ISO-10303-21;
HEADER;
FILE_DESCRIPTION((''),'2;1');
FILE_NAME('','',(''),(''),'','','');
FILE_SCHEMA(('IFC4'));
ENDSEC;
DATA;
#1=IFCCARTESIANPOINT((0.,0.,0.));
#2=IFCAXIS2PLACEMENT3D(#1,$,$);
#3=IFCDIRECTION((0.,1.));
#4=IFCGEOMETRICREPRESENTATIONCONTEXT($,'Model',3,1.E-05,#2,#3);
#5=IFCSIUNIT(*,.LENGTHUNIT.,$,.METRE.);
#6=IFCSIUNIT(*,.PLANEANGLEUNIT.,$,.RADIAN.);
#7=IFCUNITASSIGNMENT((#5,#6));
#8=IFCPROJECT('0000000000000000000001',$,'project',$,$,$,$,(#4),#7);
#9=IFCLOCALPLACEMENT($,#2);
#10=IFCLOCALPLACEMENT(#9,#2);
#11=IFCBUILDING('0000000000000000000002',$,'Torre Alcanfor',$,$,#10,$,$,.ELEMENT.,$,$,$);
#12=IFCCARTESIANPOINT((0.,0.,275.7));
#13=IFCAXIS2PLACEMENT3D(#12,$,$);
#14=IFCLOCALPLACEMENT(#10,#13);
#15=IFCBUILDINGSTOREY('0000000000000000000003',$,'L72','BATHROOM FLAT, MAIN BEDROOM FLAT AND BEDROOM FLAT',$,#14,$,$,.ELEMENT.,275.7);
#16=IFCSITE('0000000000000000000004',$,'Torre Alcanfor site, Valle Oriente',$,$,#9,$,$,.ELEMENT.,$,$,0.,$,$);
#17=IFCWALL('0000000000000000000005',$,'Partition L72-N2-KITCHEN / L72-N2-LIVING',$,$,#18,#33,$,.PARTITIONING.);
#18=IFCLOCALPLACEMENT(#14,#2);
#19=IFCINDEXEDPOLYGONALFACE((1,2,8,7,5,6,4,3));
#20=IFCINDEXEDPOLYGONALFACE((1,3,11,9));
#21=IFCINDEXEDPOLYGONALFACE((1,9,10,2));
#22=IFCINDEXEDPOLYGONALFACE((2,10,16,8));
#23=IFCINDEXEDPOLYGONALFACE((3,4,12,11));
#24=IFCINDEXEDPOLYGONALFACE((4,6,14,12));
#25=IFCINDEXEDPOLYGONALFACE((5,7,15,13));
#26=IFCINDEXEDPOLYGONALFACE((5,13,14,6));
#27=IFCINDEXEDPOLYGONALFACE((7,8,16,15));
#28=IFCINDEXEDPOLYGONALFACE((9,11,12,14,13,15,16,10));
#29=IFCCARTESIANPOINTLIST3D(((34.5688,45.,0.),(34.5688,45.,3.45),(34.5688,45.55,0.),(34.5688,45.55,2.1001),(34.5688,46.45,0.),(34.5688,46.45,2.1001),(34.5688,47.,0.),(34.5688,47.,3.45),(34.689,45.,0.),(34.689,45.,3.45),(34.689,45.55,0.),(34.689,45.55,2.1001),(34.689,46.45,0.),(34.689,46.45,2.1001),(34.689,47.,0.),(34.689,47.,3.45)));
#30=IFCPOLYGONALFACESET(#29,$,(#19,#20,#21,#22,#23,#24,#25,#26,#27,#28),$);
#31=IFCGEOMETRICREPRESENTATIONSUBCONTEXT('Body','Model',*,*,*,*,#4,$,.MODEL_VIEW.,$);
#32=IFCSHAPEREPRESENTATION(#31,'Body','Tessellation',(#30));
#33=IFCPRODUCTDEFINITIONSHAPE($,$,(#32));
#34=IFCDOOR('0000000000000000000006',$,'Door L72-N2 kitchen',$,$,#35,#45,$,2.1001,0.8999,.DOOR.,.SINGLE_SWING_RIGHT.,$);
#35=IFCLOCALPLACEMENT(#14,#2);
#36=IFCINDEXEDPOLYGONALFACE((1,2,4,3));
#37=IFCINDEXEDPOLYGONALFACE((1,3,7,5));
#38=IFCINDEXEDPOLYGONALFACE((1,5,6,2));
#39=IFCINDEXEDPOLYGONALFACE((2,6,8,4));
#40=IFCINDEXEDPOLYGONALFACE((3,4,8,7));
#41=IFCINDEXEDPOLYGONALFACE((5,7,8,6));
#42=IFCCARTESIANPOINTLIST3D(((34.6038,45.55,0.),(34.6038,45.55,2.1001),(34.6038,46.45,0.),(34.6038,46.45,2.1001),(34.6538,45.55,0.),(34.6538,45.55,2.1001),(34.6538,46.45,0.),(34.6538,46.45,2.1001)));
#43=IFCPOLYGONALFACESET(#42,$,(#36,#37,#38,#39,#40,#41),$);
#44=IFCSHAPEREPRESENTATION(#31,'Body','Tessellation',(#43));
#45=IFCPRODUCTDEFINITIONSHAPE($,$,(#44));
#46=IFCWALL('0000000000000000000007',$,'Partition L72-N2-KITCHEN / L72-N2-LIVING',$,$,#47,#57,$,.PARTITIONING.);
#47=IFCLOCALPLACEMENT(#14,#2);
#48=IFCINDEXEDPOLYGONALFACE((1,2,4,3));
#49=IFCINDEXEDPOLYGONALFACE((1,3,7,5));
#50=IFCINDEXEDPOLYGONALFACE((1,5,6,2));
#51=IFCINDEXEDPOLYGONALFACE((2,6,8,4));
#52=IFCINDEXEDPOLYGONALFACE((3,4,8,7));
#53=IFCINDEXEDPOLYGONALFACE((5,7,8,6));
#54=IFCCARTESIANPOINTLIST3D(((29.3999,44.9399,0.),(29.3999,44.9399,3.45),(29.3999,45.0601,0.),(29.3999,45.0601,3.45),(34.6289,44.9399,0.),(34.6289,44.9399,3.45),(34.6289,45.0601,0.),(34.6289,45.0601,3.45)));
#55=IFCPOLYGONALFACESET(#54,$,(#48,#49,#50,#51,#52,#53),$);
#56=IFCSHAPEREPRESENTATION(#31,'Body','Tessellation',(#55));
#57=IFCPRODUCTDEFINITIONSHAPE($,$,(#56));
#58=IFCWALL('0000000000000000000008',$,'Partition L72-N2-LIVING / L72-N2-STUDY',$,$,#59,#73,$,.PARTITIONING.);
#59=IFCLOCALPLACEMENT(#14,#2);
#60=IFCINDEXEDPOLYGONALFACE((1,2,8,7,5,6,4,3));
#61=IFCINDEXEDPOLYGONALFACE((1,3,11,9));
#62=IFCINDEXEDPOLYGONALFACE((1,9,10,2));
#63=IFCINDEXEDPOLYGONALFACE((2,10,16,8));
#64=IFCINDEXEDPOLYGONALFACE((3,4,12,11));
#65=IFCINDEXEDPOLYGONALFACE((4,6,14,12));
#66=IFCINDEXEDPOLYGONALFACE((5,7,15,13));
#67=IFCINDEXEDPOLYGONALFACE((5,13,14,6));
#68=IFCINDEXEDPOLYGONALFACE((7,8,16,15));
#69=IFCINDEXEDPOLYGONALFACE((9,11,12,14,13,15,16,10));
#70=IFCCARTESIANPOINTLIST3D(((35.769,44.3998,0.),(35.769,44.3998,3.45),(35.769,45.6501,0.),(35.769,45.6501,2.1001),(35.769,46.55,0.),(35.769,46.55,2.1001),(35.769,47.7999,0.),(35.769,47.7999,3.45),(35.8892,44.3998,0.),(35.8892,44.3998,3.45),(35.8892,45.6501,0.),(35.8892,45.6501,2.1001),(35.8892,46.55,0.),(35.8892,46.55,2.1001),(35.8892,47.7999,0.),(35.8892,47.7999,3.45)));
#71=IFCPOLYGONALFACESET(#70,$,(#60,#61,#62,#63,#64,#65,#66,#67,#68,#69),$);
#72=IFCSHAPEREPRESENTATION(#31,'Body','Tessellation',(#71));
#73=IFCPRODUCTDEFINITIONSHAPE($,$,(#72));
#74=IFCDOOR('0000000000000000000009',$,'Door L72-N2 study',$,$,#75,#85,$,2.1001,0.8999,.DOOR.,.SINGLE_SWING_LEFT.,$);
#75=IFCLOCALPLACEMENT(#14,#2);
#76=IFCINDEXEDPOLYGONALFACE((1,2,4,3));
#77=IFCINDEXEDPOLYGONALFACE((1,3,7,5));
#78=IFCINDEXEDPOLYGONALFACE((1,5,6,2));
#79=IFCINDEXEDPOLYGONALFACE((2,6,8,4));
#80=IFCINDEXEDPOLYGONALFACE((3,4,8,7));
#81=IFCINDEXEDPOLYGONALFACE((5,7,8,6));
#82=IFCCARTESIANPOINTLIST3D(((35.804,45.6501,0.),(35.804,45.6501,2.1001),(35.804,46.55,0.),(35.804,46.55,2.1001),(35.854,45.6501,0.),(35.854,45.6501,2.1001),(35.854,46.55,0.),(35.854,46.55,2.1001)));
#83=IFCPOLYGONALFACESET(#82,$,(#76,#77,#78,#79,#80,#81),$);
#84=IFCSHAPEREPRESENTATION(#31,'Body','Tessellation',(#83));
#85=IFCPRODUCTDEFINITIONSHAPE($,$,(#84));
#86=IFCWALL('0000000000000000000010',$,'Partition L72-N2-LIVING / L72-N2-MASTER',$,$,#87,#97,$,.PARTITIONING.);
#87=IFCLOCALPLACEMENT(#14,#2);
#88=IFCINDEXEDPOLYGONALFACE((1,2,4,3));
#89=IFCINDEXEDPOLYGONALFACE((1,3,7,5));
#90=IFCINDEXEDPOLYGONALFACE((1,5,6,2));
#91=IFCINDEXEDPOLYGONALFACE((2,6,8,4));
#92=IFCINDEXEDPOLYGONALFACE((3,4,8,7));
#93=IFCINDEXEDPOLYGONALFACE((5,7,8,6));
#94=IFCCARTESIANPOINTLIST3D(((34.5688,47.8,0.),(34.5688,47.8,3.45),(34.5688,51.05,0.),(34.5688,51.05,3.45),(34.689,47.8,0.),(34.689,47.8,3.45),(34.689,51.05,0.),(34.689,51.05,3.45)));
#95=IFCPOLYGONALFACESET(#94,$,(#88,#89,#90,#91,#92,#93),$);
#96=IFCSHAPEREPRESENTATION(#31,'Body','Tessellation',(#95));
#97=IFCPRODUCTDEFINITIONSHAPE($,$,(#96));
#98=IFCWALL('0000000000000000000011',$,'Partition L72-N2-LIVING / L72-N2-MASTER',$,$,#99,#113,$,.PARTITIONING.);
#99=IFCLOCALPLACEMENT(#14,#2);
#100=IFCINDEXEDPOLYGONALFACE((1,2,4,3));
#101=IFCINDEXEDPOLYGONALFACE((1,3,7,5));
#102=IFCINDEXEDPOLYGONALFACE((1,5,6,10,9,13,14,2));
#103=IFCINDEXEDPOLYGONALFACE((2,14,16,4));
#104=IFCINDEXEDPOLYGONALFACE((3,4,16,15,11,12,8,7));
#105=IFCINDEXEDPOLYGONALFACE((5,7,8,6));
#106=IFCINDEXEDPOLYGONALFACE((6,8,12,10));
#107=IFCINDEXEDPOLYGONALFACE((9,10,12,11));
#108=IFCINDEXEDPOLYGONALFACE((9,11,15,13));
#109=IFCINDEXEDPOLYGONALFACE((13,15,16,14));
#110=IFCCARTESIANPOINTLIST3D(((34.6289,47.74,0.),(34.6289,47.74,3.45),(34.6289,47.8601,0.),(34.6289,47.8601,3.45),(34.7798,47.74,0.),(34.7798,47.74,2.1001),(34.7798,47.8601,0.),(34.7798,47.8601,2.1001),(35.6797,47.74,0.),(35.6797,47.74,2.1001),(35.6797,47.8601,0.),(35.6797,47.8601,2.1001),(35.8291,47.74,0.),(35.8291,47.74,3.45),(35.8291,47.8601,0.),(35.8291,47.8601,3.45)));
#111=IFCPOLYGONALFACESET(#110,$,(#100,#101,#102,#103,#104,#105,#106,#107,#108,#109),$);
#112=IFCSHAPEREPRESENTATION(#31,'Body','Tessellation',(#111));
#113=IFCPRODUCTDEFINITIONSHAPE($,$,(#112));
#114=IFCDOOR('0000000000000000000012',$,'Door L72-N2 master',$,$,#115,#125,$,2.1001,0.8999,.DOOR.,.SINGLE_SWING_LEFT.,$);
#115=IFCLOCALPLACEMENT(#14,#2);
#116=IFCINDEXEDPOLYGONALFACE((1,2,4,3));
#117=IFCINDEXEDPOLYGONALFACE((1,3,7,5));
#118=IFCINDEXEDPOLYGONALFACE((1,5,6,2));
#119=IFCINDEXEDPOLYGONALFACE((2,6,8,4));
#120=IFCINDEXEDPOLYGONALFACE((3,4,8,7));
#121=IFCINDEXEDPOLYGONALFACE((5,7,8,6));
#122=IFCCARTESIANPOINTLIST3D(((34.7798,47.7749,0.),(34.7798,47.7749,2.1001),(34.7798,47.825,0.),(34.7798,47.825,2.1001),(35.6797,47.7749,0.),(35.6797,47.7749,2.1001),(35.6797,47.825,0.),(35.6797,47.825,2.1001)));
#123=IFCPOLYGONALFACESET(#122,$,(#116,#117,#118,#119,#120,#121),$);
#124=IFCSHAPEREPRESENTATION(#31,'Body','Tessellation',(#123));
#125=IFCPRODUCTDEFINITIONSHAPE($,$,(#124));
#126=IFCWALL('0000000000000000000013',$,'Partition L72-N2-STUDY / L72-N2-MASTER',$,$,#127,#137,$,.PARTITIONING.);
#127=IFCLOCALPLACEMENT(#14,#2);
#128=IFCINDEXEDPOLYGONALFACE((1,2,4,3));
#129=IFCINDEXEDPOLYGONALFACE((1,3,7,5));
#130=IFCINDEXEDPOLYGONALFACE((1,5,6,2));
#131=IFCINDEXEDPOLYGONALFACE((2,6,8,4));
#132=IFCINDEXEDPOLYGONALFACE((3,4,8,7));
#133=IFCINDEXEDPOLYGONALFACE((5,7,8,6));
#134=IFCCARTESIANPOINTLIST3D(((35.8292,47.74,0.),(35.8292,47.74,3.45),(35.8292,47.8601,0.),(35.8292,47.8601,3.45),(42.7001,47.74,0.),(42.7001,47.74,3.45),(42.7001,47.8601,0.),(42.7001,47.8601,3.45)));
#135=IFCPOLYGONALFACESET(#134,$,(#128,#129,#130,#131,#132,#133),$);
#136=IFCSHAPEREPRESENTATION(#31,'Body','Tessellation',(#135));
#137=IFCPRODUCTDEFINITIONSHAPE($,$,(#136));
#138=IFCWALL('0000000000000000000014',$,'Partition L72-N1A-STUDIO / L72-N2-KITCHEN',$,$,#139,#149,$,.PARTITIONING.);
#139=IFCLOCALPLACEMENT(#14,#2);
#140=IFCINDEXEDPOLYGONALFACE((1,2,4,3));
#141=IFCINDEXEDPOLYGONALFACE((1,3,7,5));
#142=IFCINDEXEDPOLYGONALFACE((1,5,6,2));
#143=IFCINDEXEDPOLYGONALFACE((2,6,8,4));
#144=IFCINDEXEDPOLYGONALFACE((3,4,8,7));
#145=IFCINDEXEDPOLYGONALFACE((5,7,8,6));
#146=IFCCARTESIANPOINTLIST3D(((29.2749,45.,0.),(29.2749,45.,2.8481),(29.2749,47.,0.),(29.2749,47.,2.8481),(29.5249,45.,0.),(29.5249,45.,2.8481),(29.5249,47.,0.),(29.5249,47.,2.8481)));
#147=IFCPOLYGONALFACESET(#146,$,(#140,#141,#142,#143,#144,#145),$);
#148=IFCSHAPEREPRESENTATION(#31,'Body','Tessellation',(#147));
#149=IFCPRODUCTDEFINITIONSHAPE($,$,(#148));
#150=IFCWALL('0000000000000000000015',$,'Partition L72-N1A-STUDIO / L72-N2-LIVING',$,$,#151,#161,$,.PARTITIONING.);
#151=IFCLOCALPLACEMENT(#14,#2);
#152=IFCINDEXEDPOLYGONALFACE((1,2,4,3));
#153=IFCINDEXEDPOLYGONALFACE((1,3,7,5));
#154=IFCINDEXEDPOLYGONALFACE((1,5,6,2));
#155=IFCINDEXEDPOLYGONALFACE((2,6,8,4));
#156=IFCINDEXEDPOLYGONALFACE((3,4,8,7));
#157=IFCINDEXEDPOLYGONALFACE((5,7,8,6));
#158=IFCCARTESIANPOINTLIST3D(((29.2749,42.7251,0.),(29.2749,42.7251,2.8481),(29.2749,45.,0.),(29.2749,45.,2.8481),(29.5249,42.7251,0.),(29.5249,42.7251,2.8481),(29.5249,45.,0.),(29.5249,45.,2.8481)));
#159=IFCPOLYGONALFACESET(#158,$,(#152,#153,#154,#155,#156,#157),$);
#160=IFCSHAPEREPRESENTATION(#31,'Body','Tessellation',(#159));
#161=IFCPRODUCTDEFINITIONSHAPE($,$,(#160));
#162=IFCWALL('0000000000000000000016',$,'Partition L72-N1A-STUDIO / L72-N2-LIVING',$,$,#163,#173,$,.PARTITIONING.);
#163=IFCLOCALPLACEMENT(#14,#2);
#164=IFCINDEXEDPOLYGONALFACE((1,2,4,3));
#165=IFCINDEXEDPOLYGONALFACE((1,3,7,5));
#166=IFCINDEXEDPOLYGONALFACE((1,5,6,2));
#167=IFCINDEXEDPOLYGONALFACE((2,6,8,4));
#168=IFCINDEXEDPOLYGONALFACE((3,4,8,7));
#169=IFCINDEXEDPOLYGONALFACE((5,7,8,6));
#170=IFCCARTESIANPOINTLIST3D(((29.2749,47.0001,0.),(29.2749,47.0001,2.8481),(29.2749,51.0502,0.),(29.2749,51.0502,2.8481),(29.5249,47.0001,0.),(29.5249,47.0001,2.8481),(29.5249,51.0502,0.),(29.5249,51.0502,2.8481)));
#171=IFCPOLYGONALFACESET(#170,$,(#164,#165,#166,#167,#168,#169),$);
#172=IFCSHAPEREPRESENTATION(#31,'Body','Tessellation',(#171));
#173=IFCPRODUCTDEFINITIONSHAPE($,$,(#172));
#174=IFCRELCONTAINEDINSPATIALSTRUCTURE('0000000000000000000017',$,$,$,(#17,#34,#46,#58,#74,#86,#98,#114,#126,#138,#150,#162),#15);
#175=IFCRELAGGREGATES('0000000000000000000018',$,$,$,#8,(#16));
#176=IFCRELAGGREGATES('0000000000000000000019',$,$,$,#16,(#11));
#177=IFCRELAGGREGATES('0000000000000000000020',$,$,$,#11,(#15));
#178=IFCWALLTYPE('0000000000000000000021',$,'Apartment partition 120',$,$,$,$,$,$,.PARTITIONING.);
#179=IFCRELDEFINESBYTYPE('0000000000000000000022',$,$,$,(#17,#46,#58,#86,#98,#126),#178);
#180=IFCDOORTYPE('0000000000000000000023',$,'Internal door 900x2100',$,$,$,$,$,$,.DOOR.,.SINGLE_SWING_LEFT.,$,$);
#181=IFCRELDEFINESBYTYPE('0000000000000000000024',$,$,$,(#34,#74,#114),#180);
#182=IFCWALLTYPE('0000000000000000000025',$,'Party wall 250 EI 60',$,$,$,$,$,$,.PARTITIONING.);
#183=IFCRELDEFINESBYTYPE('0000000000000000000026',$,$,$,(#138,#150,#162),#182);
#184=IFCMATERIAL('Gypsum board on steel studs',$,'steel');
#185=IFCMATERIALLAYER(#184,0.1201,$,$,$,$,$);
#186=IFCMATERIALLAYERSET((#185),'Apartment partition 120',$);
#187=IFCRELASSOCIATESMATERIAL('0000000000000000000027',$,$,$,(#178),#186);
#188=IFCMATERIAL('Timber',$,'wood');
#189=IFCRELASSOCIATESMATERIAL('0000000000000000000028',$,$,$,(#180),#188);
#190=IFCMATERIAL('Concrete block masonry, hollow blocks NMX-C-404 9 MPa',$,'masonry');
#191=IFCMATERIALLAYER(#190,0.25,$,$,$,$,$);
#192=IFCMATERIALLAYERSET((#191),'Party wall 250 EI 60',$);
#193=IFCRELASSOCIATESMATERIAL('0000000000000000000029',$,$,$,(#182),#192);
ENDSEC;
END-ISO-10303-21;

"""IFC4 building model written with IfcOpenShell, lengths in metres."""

from ifc_helpers import new_model, si_unit, direction, frame, frame_2d, origin, place, context, subcontext, project, spatial, rectangle, extrude, material, layer, layer_set, type_object, element, fill, save


model = new_model("IFC4")

# Units and contexts
model_context = context("Model", 3, precision=1e-05, world=origin(), true_north=direction((0.0, 1.0)))
body_context = subcontext(model_context, "Body", "Model", "MODEL_VIEW")
ifc_project = project(units=[si_unit("LENGTHUNIT", "METRE"), si_unit("PLANEANGLEUNIT", "RADIAN")], contexts=[model_context])

# Site, building, storey
site_placement = place(None, origin())
site = spatial("IfcSite", under=ifc_project, at=site_placement, Name="Torre Alcanfor site, Valle Oriente", CompositionType="ELEMENT", RefElevation=0.0)
building_placement = place(site_placement, origin())
building = spatial("IfcBuilding", under=site, at=building_placement, Name="Torre Alcanfor", CompositionType="ELEMENT")
storey_placement = place(building_placement, frame((0.0, 0.0, 275.7)))
storey = spatial("IfcBuildingStorey", under=building, at=storey_placement, Name="L72", Description="BATHROOM FLAT, MAIN BEDROOM FLAT AND BEDROOM FLAT", CompositionType="ELEMENT", Elevation=275.7)

# Shared definitions
ifc_material_1 = material(Name="Gypsum board on steel studs", Category="steel")
ifc_layer_1 = layer(ifc_material_1, 0.1201)
ifc_layer_set_1 = layer_set([ifc_layer_1], Name="Apartment partition 120")
wall_type_1 = type_object("IfcWallType", Name="Apartment partition 120", PredefinedType="PARTITIONING", material=ifc_layer_set_1)

# Wall, opening, door
wall_1_placement = place(storey_placement, frame((34.6289, 47.0, 0.0), z_axis=(0.0, 0.0, 1.0), x_axis=(0.0, -1.0, 0.0)))
wall_1 = element("IfcWall", 1, at=wall_1_placement, inside=storey, type_object=wall_type_1, Name="Partition L72-N2-KITCHEN / L72-N2-LIVING", PredefinedType="PARTITIONING", context=body_context, shape_type="SweptSolid", body=[
    extrude(rectangle(XDim=2.0, YDim=0.1201, at=frame_2d((1.0, 0.0))), origin(), (0.0, 0.0, 1.0), 3.45),
])
opening_1_placement = place(wall_1_placement, frame((0.55, 0.0, 0.0)))
opening_1 = element("IfcOpeningElement", 2, at=opening_1_placement, cuts=wall_1, PredefinedType="OPENING", context=body_context, shape_type="SweptSolid", body=[
    extrude(rectangle(XDim=0.8999, YDim=2.1001, at=frame_2d((0.45, 1.05))), frame((0.0, 0.0701, 0.0), z_axis=(0.0, -1.0, 0.0), x_axis=(1.0, 0.0, 0.0)), (0.0, 0.0, 1.0), 0.1401),
])
ifc_material_2 = material(Name="Timber", Category="wood")
door_type_1 = type_object("IfcDoorType", Name="Internal door 900x2100", OperationType="SINGLE_SWING_LEFT", PredefinedType="DOOR", material=ifc_material_2)
door_1_placement = place(opening_1_placement, frame((0.8999, 0.0, 0.0), z_axis=(0.0, 0.0, 1.0), x_axis=(-1.0, 0.0, 0.0)))
door_1 = element("IfcDoor", 3, at=door_1_placement, inside=storey, type_object=door_type_1, Name="Door L72-N2 kitchen", OperationType="SINGLE_SWING_RIGHT", OverallHeight=2.1001, OverallWidth=0.8999, PredefinedType="DOOR", context=body_context, shape_type="SweptSolid", body=[
    extrude(rectangle(XDim=0.8999, YDim=2.1001, at=frame_2d((0.45, 1.05))), frame((0.0, 0.0251, 0.0), z_axis=(0.0, -1.0, 0.0), x_axis=(1.0, 0.0, 0.0)), (0.0, 0.0, 1.0), 0.05),
])
fill(opening_1, door_1)

# Wall
wall_2_placement = place(storey_placement, frame((34.6289, 45.0, 0.0), z_axis=(0.0, 0.0, 1.0), x_axis=(-1.0, 0.0, 0.0)))
element("IfcWall", 4, at=wall_2_placement, inside=storey, type_object=wall_type_1, Name="Partition L72-N2-KITCHEN / L72-N2-LIVING", PredefinedType="PARTITIONING", context=body_context, shape_type="SweptSolid", body=[
    extrude(rectangle(XDim=5.229, YDim=0.1201, at=frame_2d((2.6145, 0.0))), origin(), (0.0, 0.0, 1.0), 3.45),
])

# Wall, opening, door
wall_3_placement = place(storey_placement, frame((35.8291, 47.8, 0.0), z_axis=(0.0, 0.0, 1.0), x_axis=(0.0, -1.0, 0.0)))
wall_3 = element("IfcWall", 5, at=wall_3_placement, inside=storey, type_object=wall_type_1, Name="Partition L72-N2-LIVING / L72-N2-STUDY", PredefinedType="PARTITIONING", context=body_context, shape_type="SweptSolid", body=[
    extrude(rectangle(XDim=3.4001, YDim=0.1201, at=frame_2d((1.7002, 0.0))), origin(), (0.0, 0.0, 1.0), 3.45),
])
opening_2_placement = place(wall_3_placement, frame((1.25, 0.0, 0.0)))
opening_2 = element("IfcOpeningElement", 6, at=opening_2_placement, cuts=wall_3, PredefinedType="OPENING", context=body_context, shape_type="SweptSolid", body=[
    extrude(rectangle(XDim=0.8999, YDim=2.1001, at=frame_2d((0.45, 1.05))), frame((0.0, 0.0701, 0.0), z_axis=(0.0, -1.0, 0.0), x_axis=(1.0, 0.0, 0.0)), (0.0, 0.0, 1.0), 0.1401),
])
door_2_placement = place(opening_2_placement, origin())
door_2 = element("IfcDoor", 7, at=door_2_placement, inside=storey, type_object=door_type_1, Name="Door L72-N2 study", OperationType="SINGLE_SWING_LEFT", OverallHeight=2.1001, OverallWidth=0.8999, PredefinedType="DOOR", context=body_context, shape_type="SweptSolid", body=[
    extrude(rectangle(XDim=0.8999, YDim=2.1001, at=frame_2d((0.45, 1.05))), frame((0.0, 0.0249, 0.0), z_axis=(0.0, -1.0, 0.0), x_axis=(1.0, 0.0, 0.0)), (0.0, 0.0, 1.0), 0.05),
])
fill(opening_2, door_2)

# Wall
wall_4_placement = place(storey_placement, frame((34.6289, 51.05, 0.0), z_axis=(0.0, 0.0, 1.0), x_axis=(0.0, -1.0, 0.0)))
element("IfcWall", 8, at=wall_4_placement, inside=storey, type_object=wall_type_1, Name="Partition L72-N2-LIVING / L72-N2-MASTER", PredefinedType="PARTITIONING", context=body_context, shape_type="SweptSolid", body=[
    extrude(rectangle(XDim=3.25, YDim=0.1201, at=frame_2d((1.625, 0.0))), origin(), (0.0, 0.0, 1.0), 3.45),
])

# Wall, opening, door
wall_5_placement = place(storey_placement, frame((34.6289, 47.8, 0.0), z_axis=(0.0, 0.0, 1.0), x_axis=(1.0, 0.0, 0.0)))
wall_5 = element("IfcWall", 9, at=wall_5_placement, inside=storey, type_object=wall_type_1, Name="Partition L72-N2-LIVING / L72-N2-MASTER", PredefinedType="PARTITIONING", context=body_context, shape_type="SweptSolid", body=[
    extrude(rectangle(XDim=1.2002, YDim=0.1201, at=frame_2d((0.6001, 0.0))), origin(), (0.0, 0.0, 1.0), 3.45),
])
opening_3_placement = place(wall_5_placement, frame((0.1509, 0.0, 0.0)))
opening_3 = element("IfcOpeningElement", 10, at=opening_3_placement, cuts=wall_5, PredefinedType="OPENING", context=body_context, shape_type="SweptSolid", body=[
    extrude(rectangle(XDim=0.8999, YDim=2.1001, at=frame_2d((0.45, 1.05))), frame((0.0, 0.0701, 0.0), z_axis=(0.0, -1.0, 0.0), x_axis=(1.0, 0.0, 0.0)), (0.0, 0.0, 1.0), 0.1401),
])
door_3_placement = place(opening_3_placement, origin())
door_3 = element("IfcDoor", 11, at=door_3_placement, inside=storey, type_object=door_type_1, Name="Door L72-N2 master", OperationType="SINGLE_SWING_LEFT", OverallHeight=2.1001, OverallWidth=0.8999, PredefinedType="DOOR", context=body_context, shape_type="SweptSolid", body=[
    extrude(rectangle(XDim=0.8999, YDim=2.1001, at=frame_2d((0.45, 1.05))), frame((0.0, 0.0249, 0.0), z_axis=(0.0, -1.0, 0.0), x_axis=(1.0, 0.0, 0.0)), (0.0, 0.0, 1.0), 0.05),
])
fill(opening_3, door_3)

# Walls
wall_6_placement = place(storey_placement, frame((35.8291, 47.8, 0.0), z_axis=(0.0, 0.0, 1.0), x_axis=(1.0, 0.0, 0.0)))
element("IfcWall", 12, at=wall_6_placement, inside=storey, type_object=wall_type_1, Name="Partition L72-N2-STUDY / L72-N2-MASTER", PredefinedType="PARTITIONING", context=body_context, shape_type="SweptSolid", body=[
    extrude(rectangle(XDim=6.8708, YDim=0.1201, at=frame_2d((3.4355, 0.0))), origin(), (0.0, 0.0, 1.0), 3.45),
])
ifc_material_3 = material(Name="Concrete block masonry, hollow blocks NMX-C-404 9 MPa", Category="masonry")
ifc_layer_2 = layer(ifc_material_3, 0.25)
ifc_layer_set_2 = layer_set([ifc_layer_2], Name="Party wall 250 EI 60")
wall_type_2 = type_object("IfcWallType", Name="Party wall 250 EI 60", PredefinedType="PARTITIONING", material=ifc_layer_set_2)
wall_7_placement = place(storey_placement, frame((29.3999, 47.0, 0.0), z_axis=(0.0, 0.0, 1.0), x_axis=(0.0, -1.0, 0.0)))
element("IfcWall", 13, at=wall_7_placement, inside=storey, type_object=wall_type_2, Name="Partition L72-N1A-STUDIO / L72-N2-KITCHEN", PredefinedType="PARTITIONING", context=body_context, shape_type="SweptSolid", body=[
    extrude(rectangle(XDim=2.0, YDim=0.25, at=frame_2d((1.0, 0.0))), origin(), (0.0, 0.0, 1.0), 2.8481),
])
wall_8_placement = place(storey_placement, frame((29.3999, 45.0, 0.0), z_axis=(0.0, 0.0, 1.0), x_axis=(0.0, -1.0, 0.0)))
element("IfcWall", 14, at=wall_8_placement, inside=storey, type_object=wall_type_2, Name="Partition L72-N1A-STUDIO / L72-N2-LIVING", PredefinedType="PARTITIONING", context=body_context, shape_type="SweptSolid", body=[
    extrude(rectangle(XDim=2.2749, YDim=0.25, at=frame_2d((1.1375, 0.0))), origin(), (0.0, 0.0, 1.0), 2.8481),
])
wall_9_placement = place(storey_placement, frame((29.3999, 51.05, 0.0), z_axis=(0.0, 0.0, 1.0), x_axis=(0.0, -1.0, 0.0)))
element("IfcWall", 15, at=wall_9_placement, inside=storey, type_object=wall_type_2, Name="Partition L72-N1A-STUDIO / L72-N2-LIVING", PredefinedType="PARTITIONING", context=body_context, shape_type="SweptSolid", body=[
    extrude(rectangle(XDim=4.05, YDim=0.25, at=frame_2d((2.0249, 0.0))), origin(), (0.0, 0.0, 1.0), 2.8481),
])

save(model, "model.ifc")
